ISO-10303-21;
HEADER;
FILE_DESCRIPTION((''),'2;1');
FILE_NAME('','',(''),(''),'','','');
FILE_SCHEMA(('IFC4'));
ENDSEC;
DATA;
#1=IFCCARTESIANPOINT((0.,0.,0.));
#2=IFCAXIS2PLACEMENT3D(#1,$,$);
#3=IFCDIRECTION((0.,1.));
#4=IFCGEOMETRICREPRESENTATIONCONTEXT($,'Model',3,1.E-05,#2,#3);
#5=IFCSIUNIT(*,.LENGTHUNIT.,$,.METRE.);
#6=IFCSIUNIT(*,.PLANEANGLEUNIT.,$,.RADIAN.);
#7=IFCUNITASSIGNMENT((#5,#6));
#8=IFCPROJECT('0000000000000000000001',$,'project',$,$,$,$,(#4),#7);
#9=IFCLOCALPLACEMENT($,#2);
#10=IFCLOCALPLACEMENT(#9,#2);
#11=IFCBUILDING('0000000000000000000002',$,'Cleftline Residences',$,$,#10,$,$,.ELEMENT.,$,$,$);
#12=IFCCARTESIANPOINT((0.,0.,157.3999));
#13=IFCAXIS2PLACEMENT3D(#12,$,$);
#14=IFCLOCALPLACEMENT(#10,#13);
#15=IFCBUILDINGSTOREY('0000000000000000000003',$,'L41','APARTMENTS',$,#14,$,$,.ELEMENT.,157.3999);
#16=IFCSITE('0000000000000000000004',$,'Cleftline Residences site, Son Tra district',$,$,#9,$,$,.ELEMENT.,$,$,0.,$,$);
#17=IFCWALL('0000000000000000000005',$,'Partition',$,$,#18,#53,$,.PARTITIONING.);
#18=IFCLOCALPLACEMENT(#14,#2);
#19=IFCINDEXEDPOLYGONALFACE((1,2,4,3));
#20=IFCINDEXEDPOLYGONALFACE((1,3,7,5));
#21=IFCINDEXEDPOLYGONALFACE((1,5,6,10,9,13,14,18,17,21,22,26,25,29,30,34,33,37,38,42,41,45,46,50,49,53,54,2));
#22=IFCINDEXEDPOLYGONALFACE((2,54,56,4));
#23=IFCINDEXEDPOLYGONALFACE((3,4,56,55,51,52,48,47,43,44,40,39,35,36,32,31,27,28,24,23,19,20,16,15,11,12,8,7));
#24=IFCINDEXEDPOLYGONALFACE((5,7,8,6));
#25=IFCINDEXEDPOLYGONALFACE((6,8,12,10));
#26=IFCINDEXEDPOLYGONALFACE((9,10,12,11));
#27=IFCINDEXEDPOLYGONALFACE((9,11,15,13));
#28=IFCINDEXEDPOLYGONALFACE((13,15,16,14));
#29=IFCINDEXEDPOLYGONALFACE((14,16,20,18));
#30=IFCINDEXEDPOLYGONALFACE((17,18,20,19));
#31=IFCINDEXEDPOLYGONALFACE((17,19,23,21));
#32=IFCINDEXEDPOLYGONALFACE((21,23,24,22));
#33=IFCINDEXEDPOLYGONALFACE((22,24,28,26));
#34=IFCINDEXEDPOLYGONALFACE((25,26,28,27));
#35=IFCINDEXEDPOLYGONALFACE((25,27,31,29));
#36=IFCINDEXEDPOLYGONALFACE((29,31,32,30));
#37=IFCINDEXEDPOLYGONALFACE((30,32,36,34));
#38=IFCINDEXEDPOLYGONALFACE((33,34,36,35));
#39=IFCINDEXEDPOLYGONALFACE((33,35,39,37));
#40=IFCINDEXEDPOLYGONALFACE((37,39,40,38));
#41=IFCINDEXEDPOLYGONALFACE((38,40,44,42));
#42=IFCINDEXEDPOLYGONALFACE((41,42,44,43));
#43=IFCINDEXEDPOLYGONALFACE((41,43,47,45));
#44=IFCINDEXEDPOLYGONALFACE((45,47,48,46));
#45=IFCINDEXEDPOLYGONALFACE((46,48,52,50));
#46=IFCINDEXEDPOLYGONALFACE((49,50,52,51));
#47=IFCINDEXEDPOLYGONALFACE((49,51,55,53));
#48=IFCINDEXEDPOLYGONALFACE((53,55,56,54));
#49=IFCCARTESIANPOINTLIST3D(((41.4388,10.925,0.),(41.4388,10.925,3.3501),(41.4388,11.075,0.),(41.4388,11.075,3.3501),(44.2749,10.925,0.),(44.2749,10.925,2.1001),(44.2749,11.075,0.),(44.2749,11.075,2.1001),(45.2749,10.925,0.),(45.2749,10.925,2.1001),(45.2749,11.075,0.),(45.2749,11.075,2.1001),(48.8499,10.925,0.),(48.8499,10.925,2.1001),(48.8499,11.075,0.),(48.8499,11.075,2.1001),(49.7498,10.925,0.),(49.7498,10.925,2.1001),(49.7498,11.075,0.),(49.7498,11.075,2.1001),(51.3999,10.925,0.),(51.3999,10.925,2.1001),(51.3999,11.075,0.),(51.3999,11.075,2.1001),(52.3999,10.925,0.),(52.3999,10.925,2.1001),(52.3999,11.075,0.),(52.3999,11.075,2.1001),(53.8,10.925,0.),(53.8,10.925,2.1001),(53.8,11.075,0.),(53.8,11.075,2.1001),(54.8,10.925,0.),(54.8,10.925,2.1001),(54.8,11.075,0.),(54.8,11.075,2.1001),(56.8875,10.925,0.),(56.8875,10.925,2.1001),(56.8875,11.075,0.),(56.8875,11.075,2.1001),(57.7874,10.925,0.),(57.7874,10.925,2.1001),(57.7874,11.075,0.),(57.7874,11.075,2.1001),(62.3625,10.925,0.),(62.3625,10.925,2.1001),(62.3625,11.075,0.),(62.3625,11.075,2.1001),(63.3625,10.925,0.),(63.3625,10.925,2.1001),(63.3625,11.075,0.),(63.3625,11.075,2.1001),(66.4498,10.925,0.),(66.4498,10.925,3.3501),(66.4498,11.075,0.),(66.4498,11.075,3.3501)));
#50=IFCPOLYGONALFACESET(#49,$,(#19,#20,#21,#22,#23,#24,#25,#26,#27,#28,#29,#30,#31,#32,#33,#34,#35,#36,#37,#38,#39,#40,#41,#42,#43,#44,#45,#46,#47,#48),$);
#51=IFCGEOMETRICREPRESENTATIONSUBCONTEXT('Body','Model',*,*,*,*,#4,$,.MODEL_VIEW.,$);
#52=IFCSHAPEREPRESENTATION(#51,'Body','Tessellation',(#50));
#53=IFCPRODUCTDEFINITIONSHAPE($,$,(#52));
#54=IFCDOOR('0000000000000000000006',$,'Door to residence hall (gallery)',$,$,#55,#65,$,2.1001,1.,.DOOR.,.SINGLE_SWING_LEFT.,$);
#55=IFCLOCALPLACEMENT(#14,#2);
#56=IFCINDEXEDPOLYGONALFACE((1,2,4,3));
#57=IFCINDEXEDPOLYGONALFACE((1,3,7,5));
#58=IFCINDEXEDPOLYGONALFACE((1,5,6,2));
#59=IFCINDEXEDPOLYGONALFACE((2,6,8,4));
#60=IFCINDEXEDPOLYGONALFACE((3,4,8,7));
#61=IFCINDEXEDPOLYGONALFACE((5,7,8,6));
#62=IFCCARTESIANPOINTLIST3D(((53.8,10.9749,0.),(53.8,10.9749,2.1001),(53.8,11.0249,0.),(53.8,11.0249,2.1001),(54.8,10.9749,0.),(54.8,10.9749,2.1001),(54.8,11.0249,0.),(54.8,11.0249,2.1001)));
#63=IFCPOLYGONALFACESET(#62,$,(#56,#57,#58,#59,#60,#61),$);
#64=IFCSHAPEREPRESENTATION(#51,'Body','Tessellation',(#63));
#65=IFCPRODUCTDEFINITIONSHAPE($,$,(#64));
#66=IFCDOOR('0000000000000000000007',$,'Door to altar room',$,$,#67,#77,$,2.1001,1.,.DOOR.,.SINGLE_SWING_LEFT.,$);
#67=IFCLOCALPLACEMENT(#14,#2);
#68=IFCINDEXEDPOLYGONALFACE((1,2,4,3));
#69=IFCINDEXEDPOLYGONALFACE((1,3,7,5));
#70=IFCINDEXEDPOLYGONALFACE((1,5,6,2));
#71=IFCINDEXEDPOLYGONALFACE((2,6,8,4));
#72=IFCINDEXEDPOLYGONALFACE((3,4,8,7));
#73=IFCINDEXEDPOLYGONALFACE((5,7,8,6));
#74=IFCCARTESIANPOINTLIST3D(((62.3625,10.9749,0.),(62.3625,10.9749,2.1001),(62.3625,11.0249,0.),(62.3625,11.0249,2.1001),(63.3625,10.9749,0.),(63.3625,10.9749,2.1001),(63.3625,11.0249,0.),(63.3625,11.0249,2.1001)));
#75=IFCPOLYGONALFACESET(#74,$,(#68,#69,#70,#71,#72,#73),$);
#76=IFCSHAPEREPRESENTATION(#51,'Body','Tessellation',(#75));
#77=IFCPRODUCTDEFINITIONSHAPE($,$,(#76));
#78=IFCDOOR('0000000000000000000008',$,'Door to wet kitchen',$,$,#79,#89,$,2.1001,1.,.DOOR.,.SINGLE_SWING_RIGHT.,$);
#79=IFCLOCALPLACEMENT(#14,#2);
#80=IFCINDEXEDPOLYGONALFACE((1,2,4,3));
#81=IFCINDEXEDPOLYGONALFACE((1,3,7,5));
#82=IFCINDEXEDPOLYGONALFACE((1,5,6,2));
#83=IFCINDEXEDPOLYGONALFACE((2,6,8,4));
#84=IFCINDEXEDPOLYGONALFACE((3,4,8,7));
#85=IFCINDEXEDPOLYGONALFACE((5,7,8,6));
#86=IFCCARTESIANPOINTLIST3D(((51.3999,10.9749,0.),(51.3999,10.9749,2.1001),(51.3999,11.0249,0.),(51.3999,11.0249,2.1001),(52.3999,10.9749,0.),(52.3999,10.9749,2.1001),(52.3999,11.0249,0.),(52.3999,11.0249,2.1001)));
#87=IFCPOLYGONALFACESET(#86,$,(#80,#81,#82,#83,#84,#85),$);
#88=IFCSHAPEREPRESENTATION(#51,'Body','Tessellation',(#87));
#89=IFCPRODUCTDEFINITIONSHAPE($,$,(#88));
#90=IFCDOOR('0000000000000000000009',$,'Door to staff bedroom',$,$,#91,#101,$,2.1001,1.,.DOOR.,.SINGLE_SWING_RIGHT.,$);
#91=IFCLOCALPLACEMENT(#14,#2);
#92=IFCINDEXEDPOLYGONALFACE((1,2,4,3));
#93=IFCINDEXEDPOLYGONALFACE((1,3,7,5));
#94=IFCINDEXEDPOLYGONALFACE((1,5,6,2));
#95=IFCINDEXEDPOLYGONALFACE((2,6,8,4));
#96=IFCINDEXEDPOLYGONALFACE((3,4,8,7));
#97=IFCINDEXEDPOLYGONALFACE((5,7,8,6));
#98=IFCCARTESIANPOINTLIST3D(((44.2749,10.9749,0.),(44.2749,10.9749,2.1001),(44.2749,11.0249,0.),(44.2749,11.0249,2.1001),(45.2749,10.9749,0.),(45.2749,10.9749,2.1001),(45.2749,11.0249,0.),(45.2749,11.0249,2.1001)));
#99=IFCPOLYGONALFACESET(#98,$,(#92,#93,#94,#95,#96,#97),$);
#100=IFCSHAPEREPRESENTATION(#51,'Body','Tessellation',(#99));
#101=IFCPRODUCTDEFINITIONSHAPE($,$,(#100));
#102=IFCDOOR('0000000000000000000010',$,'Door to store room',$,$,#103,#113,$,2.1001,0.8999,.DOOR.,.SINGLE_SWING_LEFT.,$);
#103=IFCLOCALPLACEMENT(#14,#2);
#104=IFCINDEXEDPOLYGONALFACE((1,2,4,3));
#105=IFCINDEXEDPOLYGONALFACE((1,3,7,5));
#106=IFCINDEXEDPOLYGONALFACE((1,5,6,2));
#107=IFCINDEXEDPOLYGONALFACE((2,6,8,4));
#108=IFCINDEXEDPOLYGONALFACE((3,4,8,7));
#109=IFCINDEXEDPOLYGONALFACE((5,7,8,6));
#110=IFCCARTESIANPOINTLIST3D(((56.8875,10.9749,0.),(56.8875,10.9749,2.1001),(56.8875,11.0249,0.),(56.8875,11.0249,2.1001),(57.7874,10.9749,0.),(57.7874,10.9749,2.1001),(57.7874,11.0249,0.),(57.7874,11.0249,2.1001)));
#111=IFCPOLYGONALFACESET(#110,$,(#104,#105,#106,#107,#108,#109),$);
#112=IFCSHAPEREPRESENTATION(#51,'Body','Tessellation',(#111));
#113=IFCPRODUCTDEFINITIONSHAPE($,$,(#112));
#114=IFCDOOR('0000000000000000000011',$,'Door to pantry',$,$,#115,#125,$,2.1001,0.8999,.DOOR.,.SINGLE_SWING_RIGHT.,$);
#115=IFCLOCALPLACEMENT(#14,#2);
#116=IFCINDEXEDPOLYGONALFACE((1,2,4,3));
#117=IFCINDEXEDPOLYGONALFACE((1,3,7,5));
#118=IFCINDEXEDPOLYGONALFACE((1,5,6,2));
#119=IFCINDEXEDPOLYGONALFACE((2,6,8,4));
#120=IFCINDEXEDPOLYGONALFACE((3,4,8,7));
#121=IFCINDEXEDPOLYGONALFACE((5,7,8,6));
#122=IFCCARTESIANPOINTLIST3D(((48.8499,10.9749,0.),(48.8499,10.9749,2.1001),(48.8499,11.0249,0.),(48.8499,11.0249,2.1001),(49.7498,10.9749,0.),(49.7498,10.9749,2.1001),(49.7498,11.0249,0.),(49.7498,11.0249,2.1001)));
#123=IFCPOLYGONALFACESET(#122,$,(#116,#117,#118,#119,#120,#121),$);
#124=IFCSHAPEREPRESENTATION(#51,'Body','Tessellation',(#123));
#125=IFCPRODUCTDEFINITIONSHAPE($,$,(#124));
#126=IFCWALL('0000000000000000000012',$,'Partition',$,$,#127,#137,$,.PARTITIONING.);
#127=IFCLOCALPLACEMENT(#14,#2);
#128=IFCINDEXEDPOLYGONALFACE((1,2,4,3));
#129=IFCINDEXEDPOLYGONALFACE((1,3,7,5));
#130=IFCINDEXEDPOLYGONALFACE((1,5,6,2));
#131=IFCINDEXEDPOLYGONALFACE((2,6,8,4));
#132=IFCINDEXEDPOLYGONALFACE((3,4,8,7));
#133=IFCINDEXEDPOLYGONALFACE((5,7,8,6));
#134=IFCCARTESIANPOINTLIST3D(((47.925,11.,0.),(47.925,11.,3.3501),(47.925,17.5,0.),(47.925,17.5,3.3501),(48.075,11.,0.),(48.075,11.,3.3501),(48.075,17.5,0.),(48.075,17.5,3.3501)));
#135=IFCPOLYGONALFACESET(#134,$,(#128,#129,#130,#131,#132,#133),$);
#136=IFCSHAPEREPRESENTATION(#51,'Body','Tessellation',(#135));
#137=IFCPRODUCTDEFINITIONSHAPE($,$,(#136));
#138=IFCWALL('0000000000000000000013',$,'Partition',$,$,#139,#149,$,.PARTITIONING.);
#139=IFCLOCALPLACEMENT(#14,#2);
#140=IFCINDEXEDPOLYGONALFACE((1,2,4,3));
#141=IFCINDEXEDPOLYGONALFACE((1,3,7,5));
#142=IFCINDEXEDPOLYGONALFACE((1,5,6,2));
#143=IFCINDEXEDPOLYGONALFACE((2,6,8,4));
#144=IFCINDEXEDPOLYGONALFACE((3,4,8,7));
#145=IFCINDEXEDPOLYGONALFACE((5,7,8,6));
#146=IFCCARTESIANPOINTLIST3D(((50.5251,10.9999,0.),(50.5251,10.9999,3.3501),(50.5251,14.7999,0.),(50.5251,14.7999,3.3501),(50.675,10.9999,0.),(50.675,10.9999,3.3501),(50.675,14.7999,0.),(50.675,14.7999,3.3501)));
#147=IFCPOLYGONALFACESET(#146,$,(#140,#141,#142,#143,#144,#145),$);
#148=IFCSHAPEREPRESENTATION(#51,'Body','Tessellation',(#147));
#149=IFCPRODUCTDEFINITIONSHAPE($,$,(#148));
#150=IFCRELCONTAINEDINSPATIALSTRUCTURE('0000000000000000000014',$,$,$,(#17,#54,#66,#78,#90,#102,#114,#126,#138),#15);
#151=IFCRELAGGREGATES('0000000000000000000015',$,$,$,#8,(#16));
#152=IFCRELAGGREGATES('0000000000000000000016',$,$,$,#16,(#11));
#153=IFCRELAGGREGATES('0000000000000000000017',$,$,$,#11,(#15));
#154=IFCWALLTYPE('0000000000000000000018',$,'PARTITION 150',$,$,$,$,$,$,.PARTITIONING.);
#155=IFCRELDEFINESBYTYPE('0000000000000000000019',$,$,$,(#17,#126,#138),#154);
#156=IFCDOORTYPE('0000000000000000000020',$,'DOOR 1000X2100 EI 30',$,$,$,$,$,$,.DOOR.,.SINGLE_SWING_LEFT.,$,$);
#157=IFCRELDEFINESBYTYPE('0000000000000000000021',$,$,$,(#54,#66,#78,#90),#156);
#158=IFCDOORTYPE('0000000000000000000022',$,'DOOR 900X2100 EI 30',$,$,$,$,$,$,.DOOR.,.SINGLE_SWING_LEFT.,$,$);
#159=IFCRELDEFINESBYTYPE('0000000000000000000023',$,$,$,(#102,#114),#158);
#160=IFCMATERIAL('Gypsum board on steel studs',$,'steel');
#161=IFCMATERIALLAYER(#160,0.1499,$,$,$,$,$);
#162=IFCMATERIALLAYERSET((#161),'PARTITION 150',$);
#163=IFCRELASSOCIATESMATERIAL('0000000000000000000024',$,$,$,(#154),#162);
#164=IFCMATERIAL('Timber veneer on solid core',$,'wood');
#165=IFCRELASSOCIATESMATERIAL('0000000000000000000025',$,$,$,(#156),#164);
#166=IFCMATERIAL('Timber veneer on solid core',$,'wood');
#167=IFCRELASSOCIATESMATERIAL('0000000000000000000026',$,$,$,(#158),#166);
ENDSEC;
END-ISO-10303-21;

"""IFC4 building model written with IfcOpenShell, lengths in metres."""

from ifc_helpers import new_model, si_unit, direction, frame, frame_2d, origin, place, context, subcontext, project, spatial, rectangle, extrude, material, layer, layer_set, type_object, element, fill, save


model = new_model("IFC4")

# Units and contexts
model_context = context("Model", 3, precision=1e-05, world=origin(), true_north=direction((0.0, 1.0)))
body_context = subcontext(model_context, "Body", "Model", "MODEL_VIEW")
ifc_project = project(units=[si_unit("LENGTHUNIT", "METRE"), si_unit("PLANEANGLEUNIT", "RADIAN")], contexts=[model_context])

# Site, building, storey
site_placement = place(None, origin())
site = spatial("IfcSite", under=ifc_project, at=site_placement, Name="Cleftline Residences site, Son Tra district", CompositionType="ELEMENT", RefElevation=0.0)
building_placement = place(site_placement, origin())
building = spatial("IfcBuilding", under=site, at=building_placement, Name="Cleftline Residences", CompositionType="ELEMENT")
storey_placement = place(building_placement, frame((0.0, 0.0, 157.3999)))
storey = spatial("IfcBuildingStorey", under=building, at=storey_placement, Name="L41", Description="APARTMENTS", CompositionType="ELEMENT", Elevation=157.3999)

# Wall, openings, doors
ifc_material_1 = material(Name="Gypsum board on steel studs", Category="steel")
ifc_layer_1 = layer(ifc_material_1, 0.1499)
ifc_layer_set_1 = layer_set([ifc_layer_1], Name="PARTITION 150")
wall_type = type_object("IfcWallType", Name="PARTITION 150", PredefinedType="PARTITIONING", material=ifc_layer_set_1)
wall_1_placement = place(storey_placement, frame((41.439, 11.0, 0.0), z_axis=(0.0, 0.0, 1.0), x_axis=(1.0, 0.0, 0.0)))
wall_1 = element("IfcWall", 1, at=wall_1_placement, inside=storey, type_object=wall_type, Name="Partition", PredefinedType="PARTITIONING", context=body_context, shape_type="SweptSolid", body=[
    extrude(rectangle(XDim=25.011, YDim=0.1499, at=frame_2d((12.5054, 0.0))), origin(), (0.0, 0.0, 1.0), 3.3501),
])
opening_1_placement = place(wall_1_placement, frame((12.3611, 0.0, 0.0)))
opening_1 = element("IfcOpeningElement", 2, at=opening_1_placement, cuts=wall_1, PredefinedType="OPENING", context=body_context, shape_type="SweptSolid", body=[
    extrude(rectangle(XDim=1.0, YDim=2.1001, at=frame_2d((0.5, 1.05))), frame((0.0, 0.085, 0.0), z_axis=(0.0, -1.0, 0.0), x_axis=(1.0, 0.0, 0.0)), (0.0, 0.0, 1.0), 0.1699),
])
opening_2_placement = place(wall_1_placement, frame((20.9236, 0.0, 0.0)))
opening_2 = element("IfcOpeningElement", 3, at=opening_2_placement, cuts=wall_1, PredefinedType="OPENING", context=body_context, shape_type="SweptSolid", body=[
    extrude(rectangle(XDim=1.0, YDim=2.1001, at=frame_2d((0.5, 1.05))), frame((0.0, 0.085, 0.0), z_axis=(0.0, -1.0, 0.0), x_axis=(1.0, 0.0, 0.0)), (0.0, 0.0, 1.0), 0.1699),
])
opening_3_placement = place(wall_1_placement, frame((15.4485, 0.0, 0.0)))
opening_3 = element("IfcOpeningElement", 4, at=opening_3_placement, cuts=wall_1, PredefinedType="OPENING", context=body_context, shape_type="SweptSolid", body=[
    extrude(rectangle(XDim=0.8999, YDim=2.1001, at=frame_2d((0.45, 1.05))), frame((0.0, 0.085, 0.0), z_axis=(0.0, -1.0, 0.0), x_axis=(1.0, 0.0, 0.0)), (0.0, 0.0, 1.0), 0.1699),
])
opening_4_placement = place(wall_1_placement, frame((9.9609, 0.0, 0.0)))
opening_4 = element("IfcOpeningElement", 5, at=opening_4_placement, cuts=wall_1, PredefinedType="OPENING", context=body_context, shape_type="SweptSolid", body=[
    extrude(rectangle(XDim=1.0, YDim=2.1001, at=frame_2d((0.5, 1.05))), frame((0.0, 0.085, 0.0), z_axis=(0.0, -1.0, 0.0), x_axis=(1.0, 0.0, 0.0)), (0.0, 0.0, 1.0), 0.1699),
])
opening_5_placement = place(wall_1_placement, frame((7.4109, 0.0, 0.0)))
opening_5 = element("IfcOpeningElement", 6, at=opening_5_placement, cuts=wall_1, PredefinedType="OPENING", context=body_context, shape_type="SweptSolid", body=[
    extrude(rectangle(XDim=0.8999, YDim=2.1001, at=frame_2d((0.45, 1.05))), frame((0.0, 0.085, 0.0), z_axis=(0.0, -1.0, 0.0), x_axis=(1.0, 0.0, 0.0)), (0.0, 0.0, 1.0), 0.1699),
])
opening_6_placement = place(wall_1_placement, frame((2.8359, 0.0, 0.0)))
opening_6 = element("IfcOpeningElement", 7, at=opening_6_placement, cuts=wall_1, PredefinedType="OPENING", context=body_context, shape_type="SweptSolid", body=[
    extrude(rectangle(XDim=1.0, YDim=2.1001, at=frame_2d((0.5, 1.05))), frame((0.0, 0.085, 0.0), z_axis=(0.0, -1.0, 0.0), x_axis=(1.0, 0.0, 0.0)), (0.0, 0.0, 1.0), 0.1699),
])
ifc_material_2 = material(Name="Timber veneer on solid core", Category="wood")
door_type_1 = type_object("IfcDoorType", Name="DOOR 1000X2100 EI 30", OperationType="SINGLE_SWING_LEFT", PredefinedType="DOOR", material=ifc_material_2)
door_1_placement = place(opening_1_placement, origin())
door_1 = element("IfcDoor", 8, at=door_1_placement, inside=storey, type_object=door_type_1, Name="Door to residence hall (gallery)", OperationType="SINGLE_SWING_LEFT", OverallHeight=2.1001, OverallWidth=1.0, PredefinedType="DOOR", context=body_context, shape_type="SweptSolid", body=[
    extrude(rectangle(XDim=1.0, YDim=2.1001, at=frame_2d((0.5, 1.05))), frame((0.0, 0.0249, 0.0), z_axis=(0.0, -1.0, 0.0), x_axis=(1.0, 0.0, 0.0)), (0.0, 0.0, 1.0), 0.05),
])
fill(opening_1, door_1)
door_2_placement = place(opening_2_placement, origin())
door_2 = element("IfcDoor", 9, at=door_2_placement, inside=storey, type_object=door_type_1, Name="Door to altar room", OperationType="SINGLE_SWING_LEFT", OverallHeight=2.1001, OverallWidth=1.0, PredefinedType="DOOR", context=body_context, shape_type="SweptSolid", body=[
    extrude(rectangle(XDim=1.0, YDim=2.1001, at=frame_2d((0.5, 1.05))), frame((0.0, 0.0249, 0.0), z_axis=(0.0, -1.0, 0.0), x_axis=(1.0, 0.0, 0.0)), (0.0, 0.0, 1.0), 0.05),
])
fill(opening_2, door_2)
door_3_placement = place(opening_4_placement, origin())
door_3 = element("IfcDoor", 10, at=door_3_placement, inside=storey, type_object=door_type_1, Name="Door to wet kitchen", OperationType="SINGLE_SWING_RIGHT", OverallHeight=2.1001, OverallWidth=1.0, PredefinedType="DOOR", context=body_context, shape_type="SweptSolid", body=[
    extrude(rectangle(XDim=1.0, YDim=2.1001, at=frame_2d((0.5, 1.05))), frame((0.0, 0.0249, 0.0), z_axis=(0.0, -1.0, 0.0), x_axis=(1.0, 0.0, 0.0)), (0.0, 0.0, 1.0), 0.05),
])
fill(opening_4, door_3)
door_4_placement = place(opening_6_placement, origin())
door_4 = element("IfcDoor", 11, at=door_4_placement, inside=storey, type_object=door_type_1, Name="Door to staff bedroom", OperationType="SINGLE_SWING_RIGHT", OverallHeight=2.1001, OverallWidth=1.0, PredefinedType="DOOR", context=body_context, shape_type="SweptSolid", body=[
    extrude(rectangle(XDim=1.0, YDim=2.1001, at=frame_2d((0.5, 1.05))), frame((0.0, 0.0249, 0.0), z_axis=(0.0, -1.0, 0.0), x_axis=(1.0, 0.0, 0.0)), (0.0, 0.0, 1.0), 0.05),
])
fill(opening_6, door_4)
ifc_material_3 = material(Name="Timber veneer on solid core", Category="wood")
door_type_2 = type_object("IfcDoorType", Name="DOOR 900X2100 EI 30", OperationType="SINGLE_SWING_LEFT", PredefinedType="DOOR", material=ifc_material_3)
door_5_placement = place(opening_3_placement, origin())
door_5 = element("IfcDoor", 12, at=door_5_placement, inside=storey, type_object=door_type_2, Name="Door to store room", OperationType="SINGLE_SWING_LEFT", OverallHeight=2.1001, OverallWidth=0.8999, PredefinedType="DOOR", context=body_context, shape_type="SweptSolid", body=[
    extrude(rectangle(XDim=0.8999, YDim=2.1001, at=frame_2d((0.45, 1.05))), frame((0.0, 0.0249, 0.0), z_axis=(0.0, -1.0, 0.0), x_axis=(1.0, 0.0, 0.0)), (0.0, 0.0, 1.0), 0.05),
])
fill(opening_3, door_5)
door_6_placement = place(opening_5_placement, origin())
door_6 = element("IfcDoor", 13, at=door_6_placement, inside=storey, type_object=door_type_2, Name="Door to pantry", OperationType="SINGLE_SWING_RIGHT", OverallHeight=2.1001, OverallWidth=0.8999, PredefinedType="DOOR", context=body_context, shape_type="SweptSolid", body=[
    extrude(rectangle(XDim=0.8999, YDim=2.1001, at=frame_2d((0.45, 1.05))), frame((0.0, 0.0249, 0.0), z_axis=(0.0, -1.0, 0.0), x_axis=(1.0, 0.0, 0.0)), (0.0, 0.0, 1.0), 0.05),
])
fill(opening_5, door_6)

# Walls
wall_2_placement = place(storey_placement, frame((48.0, 11.0, 0.0), z_axis=(0.0, 0.0, 1.0), x_axis=(0.0, 1.0, 0.0)))
element("IfcWall", 14, at=wall_2_placement, inside=storey, type_object=wall_type, Name="Partition", PredefinedType="PARTITIONING", context=body_context, shape_type="SweptSolid", body=[
    extrude(rectangle(XDim=6.5, YDim=0.1499, at=frame_2d((3.25, 0.0))), origin(), (0.0, 0.0, 1.0), 3.3501),
])
wall_3_placement = place(storey_placement, frame((50.6001, 11.0, 0.0), z_axis=(0.0, 0.0, 1.0), x_axis=(0.0, 1.0, 0.0)))
element("IfcWall", 15, at=wall_3_placement, inside=storey, type_object=wall_type, Name="Partition", PredefinedType="PARTITIONING", context=body_context, shape_type="SweptSolid", body=[
    extrude(rectangle(XDim=3.8, YDim=0.1499, at=frame_2d((1.8999, 0.0))), origin(), (0.0, 0.0, 1.0), 3.3501),
])

save(model, "model.ifc")
